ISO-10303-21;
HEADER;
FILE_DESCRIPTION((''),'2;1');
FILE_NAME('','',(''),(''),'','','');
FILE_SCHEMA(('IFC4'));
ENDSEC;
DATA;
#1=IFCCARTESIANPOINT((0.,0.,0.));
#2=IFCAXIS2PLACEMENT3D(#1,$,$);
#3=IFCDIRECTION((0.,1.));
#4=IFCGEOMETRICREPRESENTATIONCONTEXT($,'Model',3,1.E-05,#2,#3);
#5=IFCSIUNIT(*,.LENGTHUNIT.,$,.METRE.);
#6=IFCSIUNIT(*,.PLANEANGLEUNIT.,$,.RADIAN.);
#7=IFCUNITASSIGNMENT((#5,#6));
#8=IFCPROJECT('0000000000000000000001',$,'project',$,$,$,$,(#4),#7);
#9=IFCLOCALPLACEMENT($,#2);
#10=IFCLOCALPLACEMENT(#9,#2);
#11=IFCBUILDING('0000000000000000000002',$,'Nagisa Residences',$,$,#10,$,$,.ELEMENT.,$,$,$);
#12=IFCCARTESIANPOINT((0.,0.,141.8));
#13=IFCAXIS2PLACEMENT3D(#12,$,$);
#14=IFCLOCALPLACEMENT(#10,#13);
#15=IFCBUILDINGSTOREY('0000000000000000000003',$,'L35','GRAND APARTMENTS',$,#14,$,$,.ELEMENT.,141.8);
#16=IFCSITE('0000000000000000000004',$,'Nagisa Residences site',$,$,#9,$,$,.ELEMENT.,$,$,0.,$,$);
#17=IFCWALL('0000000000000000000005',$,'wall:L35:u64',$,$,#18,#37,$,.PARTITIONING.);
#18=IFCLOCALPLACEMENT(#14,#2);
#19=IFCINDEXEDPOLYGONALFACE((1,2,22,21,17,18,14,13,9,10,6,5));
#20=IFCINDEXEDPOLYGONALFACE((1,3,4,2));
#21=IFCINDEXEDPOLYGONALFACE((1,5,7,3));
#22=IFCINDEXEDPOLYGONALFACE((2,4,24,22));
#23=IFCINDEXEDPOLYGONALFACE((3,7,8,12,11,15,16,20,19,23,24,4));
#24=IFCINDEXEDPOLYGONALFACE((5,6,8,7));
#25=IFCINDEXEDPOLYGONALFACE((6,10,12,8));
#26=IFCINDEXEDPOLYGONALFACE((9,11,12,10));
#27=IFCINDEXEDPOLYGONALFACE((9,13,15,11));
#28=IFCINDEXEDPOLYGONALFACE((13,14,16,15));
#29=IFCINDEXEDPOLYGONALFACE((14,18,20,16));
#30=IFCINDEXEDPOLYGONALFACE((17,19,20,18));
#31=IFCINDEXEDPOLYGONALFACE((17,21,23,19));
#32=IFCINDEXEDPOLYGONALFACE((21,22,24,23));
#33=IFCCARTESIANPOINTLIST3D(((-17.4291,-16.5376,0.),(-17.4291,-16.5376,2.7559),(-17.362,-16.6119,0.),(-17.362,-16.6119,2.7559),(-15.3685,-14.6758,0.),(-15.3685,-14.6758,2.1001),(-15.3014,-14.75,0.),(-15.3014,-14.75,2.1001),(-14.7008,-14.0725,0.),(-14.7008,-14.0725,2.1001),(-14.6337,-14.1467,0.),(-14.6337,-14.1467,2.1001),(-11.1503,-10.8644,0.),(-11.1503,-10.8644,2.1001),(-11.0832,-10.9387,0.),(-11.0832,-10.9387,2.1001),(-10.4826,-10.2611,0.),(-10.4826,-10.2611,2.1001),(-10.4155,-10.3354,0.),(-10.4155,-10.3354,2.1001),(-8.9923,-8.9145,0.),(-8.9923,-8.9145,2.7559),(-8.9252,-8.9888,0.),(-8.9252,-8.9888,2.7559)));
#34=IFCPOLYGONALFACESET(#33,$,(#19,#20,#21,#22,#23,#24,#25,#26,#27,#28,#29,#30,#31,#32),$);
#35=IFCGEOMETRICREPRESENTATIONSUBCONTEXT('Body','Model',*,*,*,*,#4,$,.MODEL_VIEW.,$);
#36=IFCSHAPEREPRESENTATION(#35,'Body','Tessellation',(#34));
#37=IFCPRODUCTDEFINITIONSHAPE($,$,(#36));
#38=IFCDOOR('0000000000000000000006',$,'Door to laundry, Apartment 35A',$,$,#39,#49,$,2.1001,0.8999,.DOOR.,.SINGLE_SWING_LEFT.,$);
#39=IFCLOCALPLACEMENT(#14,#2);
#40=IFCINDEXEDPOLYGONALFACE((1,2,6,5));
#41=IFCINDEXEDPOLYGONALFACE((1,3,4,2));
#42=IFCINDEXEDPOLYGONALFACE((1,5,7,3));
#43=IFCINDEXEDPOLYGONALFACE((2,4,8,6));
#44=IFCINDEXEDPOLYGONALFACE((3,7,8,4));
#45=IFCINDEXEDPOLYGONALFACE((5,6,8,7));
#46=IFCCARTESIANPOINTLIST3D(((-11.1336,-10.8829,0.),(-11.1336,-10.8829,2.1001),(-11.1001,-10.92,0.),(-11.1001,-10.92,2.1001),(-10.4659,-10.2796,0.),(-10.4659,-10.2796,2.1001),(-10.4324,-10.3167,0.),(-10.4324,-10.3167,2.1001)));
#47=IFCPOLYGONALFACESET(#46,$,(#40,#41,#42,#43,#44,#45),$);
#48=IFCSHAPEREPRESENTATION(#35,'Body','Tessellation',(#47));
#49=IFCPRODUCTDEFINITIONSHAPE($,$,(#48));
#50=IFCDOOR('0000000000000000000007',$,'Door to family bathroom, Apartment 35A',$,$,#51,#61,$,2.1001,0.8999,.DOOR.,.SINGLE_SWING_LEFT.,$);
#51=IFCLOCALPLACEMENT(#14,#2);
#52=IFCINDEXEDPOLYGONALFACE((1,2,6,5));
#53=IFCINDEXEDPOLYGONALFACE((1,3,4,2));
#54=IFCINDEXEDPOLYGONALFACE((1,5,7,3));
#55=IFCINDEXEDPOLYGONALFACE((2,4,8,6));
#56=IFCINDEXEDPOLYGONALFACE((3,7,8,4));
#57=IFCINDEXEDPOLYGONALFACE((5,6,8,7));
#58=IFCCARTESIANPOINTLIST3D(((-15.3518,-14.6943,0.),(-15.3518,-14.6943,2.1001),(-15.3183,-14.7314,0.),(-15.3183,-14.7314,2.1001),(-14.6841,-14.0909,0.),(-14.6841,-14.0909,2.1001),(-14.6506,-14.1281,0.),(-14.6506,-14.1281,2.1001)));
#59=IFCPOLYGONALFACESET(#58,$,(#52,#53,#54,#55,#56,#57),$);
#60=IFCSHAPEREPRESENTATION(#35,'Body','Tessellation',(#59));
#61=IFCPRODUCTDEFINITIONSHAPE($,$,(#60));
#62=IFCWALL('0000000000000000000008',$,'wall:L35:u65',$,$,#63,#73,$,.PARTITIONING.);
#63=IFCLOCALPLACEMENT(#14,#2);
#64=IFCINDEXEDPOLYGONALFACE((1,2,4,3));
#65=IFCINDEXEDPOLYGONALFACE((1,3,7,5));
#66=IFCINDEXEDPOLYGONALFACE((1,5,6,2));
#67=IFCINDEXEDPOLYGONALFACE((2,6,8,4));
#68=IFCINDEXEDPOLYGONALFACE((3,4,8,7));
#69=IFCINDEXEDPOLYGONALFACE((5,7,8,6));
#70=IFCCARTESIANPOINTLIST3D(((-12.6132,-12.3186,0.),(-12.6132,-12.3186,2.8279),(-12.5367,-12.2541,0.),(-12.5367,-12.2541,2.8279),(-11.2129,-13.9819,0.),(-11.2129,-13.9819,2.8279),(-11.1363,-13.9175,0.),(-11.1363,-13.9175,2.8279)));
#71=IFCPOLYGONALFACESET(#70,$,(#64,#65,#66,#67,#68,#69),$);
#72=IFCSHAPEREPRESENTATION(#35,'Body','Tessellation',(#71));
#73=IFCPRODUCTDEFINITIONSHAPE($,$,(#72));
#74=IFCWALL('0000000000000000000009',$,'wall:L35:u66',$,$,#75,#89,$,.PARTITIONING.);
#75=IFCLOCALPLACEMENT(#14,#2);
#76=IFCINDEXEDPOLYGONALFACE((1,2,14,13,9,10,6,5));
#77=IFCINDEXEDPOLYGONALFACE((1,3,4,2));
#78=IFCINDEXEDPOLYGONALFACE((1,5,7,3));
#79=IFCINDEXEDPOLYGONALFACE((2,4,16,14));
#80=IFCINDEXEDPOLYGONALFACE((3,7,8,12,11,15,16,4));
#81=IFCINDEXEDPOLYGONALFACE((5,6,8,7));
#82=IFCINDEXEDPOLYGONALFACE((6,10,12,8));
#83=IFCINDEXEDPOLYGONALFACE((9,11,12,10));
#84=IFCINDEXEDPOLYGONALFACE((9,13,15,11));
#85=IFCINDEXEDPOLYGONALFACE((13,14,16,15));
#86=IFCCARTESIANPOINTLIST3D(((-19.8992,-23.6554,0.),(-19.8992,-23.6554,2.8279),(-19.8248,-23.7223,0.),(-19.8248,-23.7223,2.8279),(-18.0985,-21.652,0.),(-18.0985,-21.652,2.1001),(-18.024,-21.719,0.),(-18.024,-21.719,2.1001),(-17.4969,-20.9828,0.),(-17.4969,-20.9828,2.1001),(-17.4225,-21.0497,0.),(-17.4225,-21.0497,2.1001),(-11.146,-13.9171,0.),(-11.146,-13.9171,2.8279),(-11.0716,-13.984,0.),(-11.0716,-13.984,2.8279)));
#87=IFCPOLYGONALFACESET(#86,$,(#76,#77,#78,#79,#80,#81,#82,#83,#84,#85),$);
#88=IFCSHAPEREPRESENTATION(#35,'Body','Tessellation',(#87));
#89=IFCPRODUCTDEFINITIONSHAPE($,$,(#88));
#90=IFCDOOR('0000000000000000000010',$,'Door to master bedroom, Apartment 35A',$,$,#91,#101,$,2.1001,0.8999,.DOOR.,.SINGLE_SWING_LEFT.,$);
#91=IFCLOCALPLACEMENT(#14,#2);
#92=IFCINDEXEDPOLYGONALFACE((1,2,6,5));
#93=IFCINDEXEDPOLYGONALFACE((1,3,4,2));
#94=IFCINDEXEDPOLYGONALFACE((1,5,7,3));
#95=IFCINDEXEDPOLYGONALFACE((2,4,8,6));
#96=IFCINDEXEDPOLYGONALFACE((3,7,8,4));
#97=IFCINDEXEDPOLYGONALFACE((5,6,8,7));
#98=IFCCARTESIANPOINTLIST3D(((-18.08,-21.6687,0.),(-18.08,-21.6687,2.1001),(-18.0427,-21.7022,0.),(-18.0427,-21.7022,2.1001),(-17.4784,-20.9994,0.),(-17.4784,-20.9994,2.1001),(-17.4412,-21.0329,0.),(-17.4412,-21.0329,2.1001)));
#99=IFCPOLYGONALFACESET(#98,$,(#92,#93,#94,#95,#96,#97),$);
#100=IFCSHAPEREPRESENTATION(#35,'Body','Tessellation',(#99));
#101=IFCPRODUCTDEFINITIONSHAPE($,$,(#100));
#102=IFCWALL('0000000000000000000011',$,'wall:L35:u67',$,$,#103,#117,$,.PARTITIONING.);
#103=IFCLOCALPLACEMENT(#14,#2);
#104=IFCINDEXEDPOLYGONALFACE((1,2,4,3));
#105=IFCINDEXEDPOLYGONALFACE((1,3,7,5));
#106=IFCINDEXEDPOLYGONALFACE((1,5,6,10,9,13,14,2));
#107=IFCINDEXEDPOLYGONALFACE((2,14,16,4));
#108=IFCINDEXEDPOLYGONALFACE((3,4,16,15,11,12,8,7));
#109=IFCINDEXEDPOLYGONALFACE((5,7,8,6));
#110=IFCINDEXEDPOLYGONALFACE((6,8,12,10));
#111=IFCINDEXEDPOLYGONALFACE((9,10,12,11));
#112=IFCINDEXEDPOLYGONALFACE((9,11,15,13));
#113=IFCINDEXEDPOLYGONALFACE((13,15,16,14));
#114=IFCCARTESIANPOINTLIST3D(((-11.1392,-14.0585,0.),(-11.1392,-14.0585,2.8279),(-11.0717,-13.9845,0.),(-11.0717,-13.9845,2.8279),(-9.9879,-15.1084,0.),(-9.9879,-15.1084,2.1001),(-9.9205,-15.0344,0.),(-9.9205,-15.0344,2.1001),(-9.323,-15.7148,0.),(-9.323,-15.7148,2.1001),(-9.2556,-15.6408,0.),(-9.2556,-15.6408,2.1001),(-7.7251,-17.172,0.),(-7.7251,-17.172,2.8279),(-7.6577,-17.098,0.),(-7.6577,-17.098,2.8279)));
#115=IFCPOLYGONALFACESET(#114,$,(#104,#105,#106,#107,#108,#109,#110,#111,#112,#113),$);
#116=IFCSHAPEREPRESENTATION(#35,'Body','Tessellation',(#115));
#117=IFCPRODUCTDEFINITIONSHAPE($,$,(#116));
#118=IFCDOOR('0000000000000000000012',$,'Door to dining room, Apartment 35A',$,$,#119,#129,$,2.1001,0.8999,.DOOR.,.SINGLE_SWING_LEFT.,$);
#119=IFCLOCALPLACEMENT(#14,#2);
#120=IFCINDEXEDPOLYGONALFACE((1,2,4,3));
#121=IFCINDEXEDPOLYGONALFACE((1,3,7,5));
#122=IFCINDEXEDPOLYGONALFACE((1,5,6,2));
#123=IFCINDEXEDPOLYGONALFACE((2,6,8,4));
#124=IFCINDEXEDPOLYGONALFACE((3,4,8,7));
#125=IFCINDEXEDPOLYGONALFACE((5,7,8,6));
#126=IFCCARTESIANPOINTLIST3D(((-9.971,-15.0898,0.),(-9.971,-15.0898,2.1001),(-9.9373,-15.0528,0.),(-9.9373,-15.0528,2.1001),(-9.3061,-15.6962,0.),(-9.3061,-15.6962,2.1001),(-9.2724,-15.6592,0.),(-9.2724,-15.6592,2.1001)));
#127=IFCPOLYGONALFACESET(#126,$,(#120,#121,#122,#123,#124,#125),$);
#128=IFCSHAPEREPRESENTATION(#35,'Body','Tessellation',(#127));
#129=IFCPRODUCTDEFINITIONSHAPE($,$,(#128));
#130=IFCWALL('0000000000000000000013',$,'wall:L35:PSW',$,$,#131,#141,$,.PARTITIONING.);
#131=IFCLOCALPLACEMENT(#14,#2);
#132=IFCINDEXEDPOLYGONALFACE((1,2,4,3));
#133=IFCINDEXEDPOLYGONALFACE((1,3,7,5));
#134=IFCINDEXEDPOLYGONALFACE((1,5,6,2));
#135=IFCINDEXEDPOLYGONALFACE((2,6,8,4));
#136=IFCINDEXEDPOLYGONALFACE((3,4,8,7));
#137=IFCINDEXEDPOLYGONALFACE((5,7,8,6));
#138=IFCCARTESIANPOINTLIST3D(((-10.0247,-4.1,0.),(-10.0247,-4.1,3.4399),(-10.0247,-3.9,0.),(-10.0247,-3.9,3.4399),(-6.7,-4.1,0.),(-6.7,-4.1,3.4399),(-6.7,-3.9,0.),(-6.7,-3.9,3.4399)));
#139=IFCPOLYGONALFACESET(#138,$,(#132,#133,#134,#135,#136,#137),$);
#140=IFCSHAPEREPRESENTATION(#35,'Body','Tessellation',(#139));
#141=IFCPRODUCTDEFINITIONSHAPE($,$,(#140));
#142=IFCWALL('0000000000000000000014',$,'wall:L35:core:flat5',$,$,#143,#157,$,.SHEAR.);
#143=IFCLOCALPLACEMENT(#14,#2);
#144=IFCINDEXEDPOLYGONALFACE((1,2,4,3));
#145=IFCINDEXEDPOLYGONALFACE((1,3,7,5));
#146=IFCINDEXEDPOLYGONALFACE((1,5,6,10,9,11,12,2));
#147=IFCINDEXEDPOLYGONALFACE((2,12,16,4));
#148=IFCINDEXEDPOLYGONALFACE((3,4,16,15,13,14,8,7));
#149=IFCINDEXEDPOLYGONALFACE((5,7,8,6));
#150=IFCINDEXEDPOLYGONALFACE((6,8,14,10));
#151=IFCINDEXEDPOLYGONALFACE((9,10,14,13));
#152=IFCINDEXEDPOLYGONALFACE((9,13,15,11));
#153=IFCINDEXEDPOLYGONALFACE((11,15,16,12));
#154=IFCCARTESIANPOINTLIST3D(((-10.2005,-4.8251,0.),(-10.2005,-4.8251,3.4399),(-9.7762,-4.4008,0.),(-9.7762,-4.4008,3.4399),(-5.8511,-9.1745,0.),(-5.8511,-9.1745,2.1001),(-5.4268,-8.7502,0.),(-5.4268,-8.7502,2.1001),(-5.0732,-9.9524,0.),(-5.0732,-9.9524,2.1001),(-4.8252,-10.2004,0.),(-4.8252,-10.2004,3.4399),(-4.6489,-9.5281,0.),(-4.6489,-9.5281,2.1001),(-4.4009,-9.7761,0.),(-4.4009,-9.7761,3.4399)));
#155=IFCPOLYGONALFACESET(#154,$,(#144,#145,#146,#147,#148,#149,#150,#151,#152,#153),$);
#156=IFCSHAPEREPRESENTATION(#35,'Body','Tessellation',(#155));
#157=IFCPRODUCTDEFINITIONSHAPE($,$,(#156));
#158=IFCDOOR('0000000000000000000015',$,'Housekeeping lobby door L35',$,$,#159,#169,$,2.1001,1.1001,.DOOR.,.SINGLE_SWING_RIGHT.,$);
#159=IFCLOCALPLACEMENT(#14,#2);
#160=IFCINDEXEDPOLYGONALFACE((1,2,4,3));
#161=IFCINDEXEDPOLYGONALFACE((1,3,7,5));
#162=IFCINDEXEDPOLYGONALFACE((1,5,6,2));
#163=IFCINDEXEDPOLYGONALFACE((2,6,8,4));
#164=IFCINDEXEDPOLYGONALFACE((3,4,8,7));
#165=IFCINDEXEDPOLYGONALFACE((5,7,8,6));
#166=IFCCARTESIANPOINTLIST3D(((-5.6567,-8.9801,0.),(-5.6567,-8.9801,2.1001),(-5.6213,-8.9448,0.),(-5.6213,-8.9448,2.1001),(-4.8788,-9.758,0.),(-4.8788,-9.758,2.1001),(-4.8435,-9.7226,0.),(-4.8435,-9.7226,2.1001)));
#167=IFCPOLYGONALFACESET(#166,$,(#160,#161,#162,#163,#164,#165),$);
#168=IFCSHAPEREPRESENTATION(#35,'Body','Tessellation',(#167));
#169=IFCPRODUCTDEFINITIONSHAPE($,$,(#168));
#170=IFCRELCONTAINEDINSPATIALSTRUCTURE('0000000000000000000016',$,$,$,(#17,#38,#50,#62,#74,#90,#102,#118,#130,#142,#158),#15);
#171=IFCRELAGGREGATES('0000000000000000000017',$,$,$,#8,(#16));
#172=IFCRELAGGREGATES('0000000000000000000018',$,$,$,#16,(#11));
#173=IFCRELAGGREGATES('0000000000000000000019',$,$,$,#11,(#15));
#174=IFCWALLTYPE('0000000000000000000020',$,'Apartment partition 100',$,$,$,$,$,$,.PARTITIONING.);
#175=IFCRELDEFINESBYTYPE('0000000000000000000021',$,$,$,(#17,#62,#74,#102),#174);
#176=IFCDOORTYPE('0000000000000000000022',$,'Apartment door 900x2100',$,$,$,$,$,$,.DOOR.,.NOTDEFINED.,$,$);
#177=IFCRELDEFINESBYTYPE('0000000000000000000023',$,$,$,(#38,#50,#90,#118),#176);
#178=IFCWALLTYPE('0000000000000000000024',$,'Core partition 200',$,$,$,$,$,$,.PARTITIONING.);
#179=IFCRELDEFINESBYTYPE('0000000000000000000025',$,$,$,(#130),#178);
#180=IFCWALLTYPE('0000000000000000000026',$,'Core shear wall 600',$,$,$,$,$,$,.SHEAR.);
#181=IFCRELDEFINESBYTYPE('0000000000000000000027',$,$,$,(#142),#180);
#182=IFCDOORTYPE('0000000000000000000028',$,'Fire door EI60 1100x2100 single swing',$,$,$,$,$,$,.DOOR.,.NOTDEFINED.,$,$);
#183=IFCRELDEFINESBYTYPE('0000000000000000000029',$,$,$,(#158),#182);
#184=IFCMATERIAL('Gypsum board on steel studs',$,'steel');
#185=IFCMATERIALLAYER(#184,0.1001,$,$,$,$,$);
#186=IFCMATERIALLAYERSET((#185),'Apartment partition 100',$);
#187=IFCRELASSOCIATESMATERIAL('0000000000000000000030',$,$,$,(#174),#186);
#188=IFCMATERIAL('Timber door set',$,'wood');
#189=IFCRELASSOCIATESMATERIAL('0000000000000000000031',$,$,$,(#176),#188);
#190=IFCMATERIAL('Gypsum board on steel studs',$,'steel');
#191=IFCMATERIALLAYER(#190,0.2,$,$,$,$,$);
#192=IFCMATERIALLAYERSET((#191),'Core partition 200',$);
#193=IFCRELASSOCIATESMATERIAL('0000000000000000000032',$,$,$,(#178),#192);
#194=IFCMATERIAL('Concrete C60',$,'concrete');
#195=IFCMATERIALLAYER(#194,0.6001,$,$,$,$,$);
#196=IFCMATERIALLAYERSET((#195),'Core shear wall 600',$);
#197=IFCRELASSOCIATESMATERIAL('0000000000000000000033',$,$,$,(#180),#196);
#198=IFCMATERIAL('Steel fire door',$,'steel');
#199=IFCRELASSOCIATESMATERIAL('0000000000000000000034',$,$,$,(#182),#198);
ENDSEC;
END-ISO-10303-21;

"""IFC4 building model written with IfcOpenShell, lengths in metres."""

from ifc_helpers import new_model, si_unit, direction, frame, frame_2d, origin, place, context, subcontext, project, spatial, rectangle, extrude, material, layer, layer_set, type_object, element, fill, save


model = new_model("IFC4")

# Units and contexts
model_context = context("Model", 3, precision=1e-05, world=origin(), true_north=direction((0.0, 1.0)))
body_context = subcontext(model_context, "Body", "Model", "MODEL_VIEW")
ifc_project = project(units=[si_unit("LENGTHUNIT", "METRE"), si_unit("PLANEANGLEUNIT", "RADIAN")], contexts=[model_context])

# Site, building, storey
site_placement = place(None, origin())
site = spatial("IfcSite", under=ifc_project, at=site_placement, Name="Nagisa Residences site", CompositionType="ELEMENT", RefElevation=0.0)
building_placement = place(site_placement, origin())
building = spatial("IfcBuilding", under=site, at=building_placement, Name="Nagisa Residences", CompositionType="ELEMENT")
storey_placement = place(building_placement, frame((0.0, 0.0, 141.8)))
storey = spatial("IfcBuildingStorey", under=building, at=storey_placement, Name="L35", Description="GRAND APARTMENTS", CompositionType="ELEMENT", Elevation=141.8)

# Shared definitions
ifc_material_1 = material(Name="Gypsum board on steel studs", Category="steel")
ifc_layer_1 = layer(ifc_material_1, 0.1001)
ifc_layer_set_1 = layer_set([ifc_layer_1], Name="Apartment partition 100")
wall_type_1 = type_object("IfcWallType", Name="Apartment partition 100", PredefinedType="PARTITIONING", material=ifc_layer_set_1)
ifc_material_2 = material(Name="Timber door set", Category="wood")
door_type_1 = type_object("IfcDoorType", Name="Apartment door 900x2100", OperationType="NOTDEFINED", PredefinedType="DOOR", material=ifc_material_2)

# Wall, openings, doors
wall_1_placement = place(storey_placement, frame((-8.9587, -8.9517, 0.0), z_axis=(0.0, 0.0, 1.0), x_axis=(-0.741983, -0.670419, 0.0)))
wall_1 = element("IfcWall", 1, at=wall_1_placement, inside=storey, type_object=wall_type_1, Name="wall:L35:u64", PredefinedType="PARTITIONING", context=body_context, shape_type="SweptSolid", body=[
    extrude(rectangle(XDim=11.3706, YDim=0.1001, at=frame_2d((5.6853, 0.0))), origin(), (0.0, 0.0, 1.0), 2.7559),
])
opening_1_placement = place(wall_1_placement, frame((2.0085, 0.0, 0.0)))
opening_1 = element("IfcOpeningElement", 2, at=opening_1_placement, cuts=wall_1, PredefinedType="OPENING", context=body_context, shape_type="SweptSolid", body=[
    extrude(rectangle(XDim=0.8999, YDim=2.1001, at=frame_2d((0.45, 1.05))), frame((0.0, 0.0601, 0.0), z_axis=(0.0, -1.0, 0.0), x_axis=(1.0, 0.0, 0.0)), (0.0, 0.0, 1.0), 0.1201),
])
opening_2_placement = place(wall_1_placement, frame((7.6936, 0.0, 0.0)))
opening_2 = element("IfcOpeningElement", 3, at=opening_2_placement, cuts=wall_1, PredefinedType="OPENING", context=body_context, shape_type="SweptSolid", body=[
    extrude(rectangle(XDim=0.8999, YDim=2.1001, at=frame_2d((0.45, 1.05))), frame((0.0, 0.0601, 0.0), z_axis=(0.0, -1.0, 0.0), x_axis=(1.0, 0.0, 0.0)), (0.0, 0.0, 1.0), 0.1201),
])
door_1_placement = place(opening_1_placement, origin())
door_1 = element("IfcDoor", 4, at=door_1_placement, inside=storey, type_object=door_type_1, Name="Door to laundry, Apartment 35A", OperationType="SINGLE_SWING_LEFT", OverallHeight=2.1001, OverallWidth=0.8999, PredefinedType="DOOR", context=body_context, shape_type="SweptSolid", body=[
    extrude(rectangle(XDim=0.8999, YDim=2.1001, at=frame_2d((0.45, 1.05))), frame((0.0, 0.0249, 0.0), z_axis=(0.0, -1.0, 0.0), x_axis=(1.0, 0.0, 0.0)), (0.0, 0.0, 1.0), 0.05),
])
fill(opening_1, door_1)
door_2_placement = place(opening_2_placement, origin())
door_2 = element("IfcDoor", 5, at=door_2_placement, inside=storey, type_object=door_type_1, Name="Door to family bathroom, Apartment 35A", OperationType="SINGLE_SWING_LEFT", OverallHeight=2.1001, OverallWidth=0.8999, PredefinedType="DOOR", context=body_context, shape_type="SweptSolid", body=[
    extrude(rectangle(XDim=0.8999, YDim=2.1001, at=frame_2d((0.45, 1.05))), frame((0.0, 0.0249, 0.0), z_axis=(0.0, -1.0, 0.0), x_axis=(1.0, 0.0, 0.0)), (0.0, 0.0, 1.0), 0.05),
])
fill(opening_2, door_2)

# Wall
wall_2_placement = place(storey_placement, frame((-12.575, -12.2864, 0.0), z_axis=(0.0, 0.0, 1.0), x_axis=(0.644053, -0.764981, 0.0)))
element("IfcWall", 6, at=wall_2_placement, inside=storey, type_object=wall_type_1, Name="wall:L35:u65", PredefinedType="PARTITIONING", context=body_context, shape_type="SweptSolid", body=[
    extrude(rectangle(XDim=2.1743, YDim=0.1001, at=frame_2d((1.0872, 0.0))), origin(), (0.0, 0.0, 1.0), 2.8279),
])

# Walls, openings, doors
wall_3_placement = place(storey_placement, frame((-11.1089, -13.9507, 0.0), z_axis=(0.0, 0.0, 1.0), x_axis=(-0.668489, -0.743722, 0.0)))
wall_3 = element("IfcWall", 7, at=wall_3_placement, inside=storey, type_object=wall_type_1, Name="wall:L35:u66", PredefinedType="PARTITIONING", context=body_context, shape_type="SweptSolid", body=[
    extrude(rectangle(XDim=13.094, YDim=0.1001, at=frame_2d((6.5469, 0.0))), origin(), (0.0, 0.0, 1.0), 2.8279),
])
opening_3_placement = place(wall_3_placement, frame((9.5002, 0.0, 0.0)))
opening_3 = element("IfcOpeningElement", 8, at=opening_3_placement, cuts=wall_3, PredefinedType="OPENING", context=body_context, shape_type="SweptSolid", body=[
    extrude(rectangle(XDim=0.8999, YDim=2.1001, at=frame_2d((0.45, 1.05))), frame((0.0, 0.0601, 0.0), z_axis=(0.0, -1.0, 0.0), x_axis=(1.0, 0.0, 0.0)), (0.0, 0.0, 1.0), 0.1201),
])
door_3_placement = place(opening_3_placement, origin())
door_3 = element("IfcDoor", 9, at=door_3_placement, inside=storey, type_object=door_type_1, Name="Door to master bedroom, Apartment 35A", OperationType="SINGLE_SWING_LEFT", OverallHeight=2.1001, OverallWidth=0.8999, PredefinedType="DOOR", context=body_context, shape_type="SweptSolid", body=[
    extrude(rectangle(XDim=0.8999, YDim=2.1001, at=frame_2d((0.45, 1.05))), frame((0.0, 0.0249, 0.0), z_axis=(0.0, -1.0, 0.0), x_axis=(1.0, 0.0, 0.0)), (0.0, 0.0, 1.0), 0.05),
])
fill(opening_3, door_3)
wall_4_placement = place(storey_placement, frame((-11.1055, -14.0215, 0.0), z_axis=(0.0, 0.0, 1.0), x_axis=(0.73888, -0.673837, 0.0)))
wall_4 = element("IfcWall", 10, at=wall_4_placement, inside=storey, type_object=wall_type_1, Name="wall:L35:u67", PredefinedType="PARTITIONING", context=body_context, shape_type="SweptSolid", body=[
    extrude(rectangle(XDim=4.6206, YDim=0.1001, at=frame_2d((2.3103, 0.0))), origin(), (0.0, 0.0, 1.0), 2.8279),
])
opening_4_placement = place(wall_4_placement, frame((1.5581, 0.0, 0.0)))
opening_4 = element("IfcOpeningElement", 11, at=opening_4_placement, cuts=wall_4, PredefinedType="OPENING", context=body_context, shape_type="SweptSolid", body=[
    extrude(rectangle(XDim=0.8999, YDim=2.1001, at=frame_2d((0.45, 1.05))), frame((0.0, 0.0601, 0.0), z_axis=(0.0, -1.0, 0.0), x_axis=(1.0, 0.0, 0.0)), (0.0, 0.0, 1.0), 0.1201),
])
door_4_placement = place(opening_4_placement, frame((0.8999, 0.0, 0.0), x_axis=(-1.0, 0.0, 0.0)))
door_4 = element("IfcDoor", 12, at=door_4_placement, inside=storey, type_object=door_type_1, Name="Door to dining room, Apartment 35A", OperationType="SINGLE_SWING_LEFT", OverallHeight=2.1001, OverallWidth=0.8999, PredefinedType="DOOR", context=body_context, shape_type="SweptSolid", body=[
    extrude(rectangle(XDim=0.8999, YDim=2.1001, at=frame_2d((0.45, 1.05))), frame((0.0, 0.0249, 0.0), z_axis=(0.0, -1.0, 0.0), x_axis=(1.0, 0.0, 0.0)), (0.0, 0.0, 1.0), 0.05),
])
fill(opening_4, door_4)

# Wall
ifc_material_3 = material(Name="Gypsum board on steel studs", Category="steel")
ifc_layer_2 = layer(ifc_material_3, 0.2)
ifc_layer_set_2 = layer_set([ifc_layer_2], Name="Core partition 200")
wall_type_2 = type_object("IfcWallType", Name="Core partition 200", PredefinedType="PARTITIONING", material=ifc_layer_set_2)
wall_5_placement = place(storey_placement, frame((-10.0247, -4.0, 0.0), z_axis=(0.0, 0.0, 1.0), x_axis=(1.0, 0.0, 0.0)))
element("IfcWall", 13, at=wall_5_placement, inside=storey, type_object=wall_type_2, Name="wall:L35:PSW", PredefinedType="PARTITIONING", context=body_context, shape_type="SweptSolid", body=[
    extrude(rectangle(XDim=3.3247, YDim=0.2, at=frame_2d((1.6624, 0.0))), origin(), (0.0, 0.0, 1.0), 3.4399),
])

# Wall, opening, door
ifc_material_4 = material(Name="Concrete C60", Category="concrete")
ifc_layer_3 = layer(ifc_material_4, 0.6001)
ifc_layer_set_3 = layer_set([ifc_layer_3], Name="Core shear wall 600")
wall_type_3 = type_object("IfcWallType", Name="Core shear wall 600", PredefinedType="SHEAR", material=ifc_layer_set_3)
wall_6_placement = place(storey_placement, frame((-9.9883, -4.613, 0.0), z_axis=(0.0, 0.0, 1.0), x_axis=(0.707107, -0.707107, 0.0)))
wall_6 = element("IfcWall", 14, at=wall_6_placement, inside=storey, type_object=wall_type_3, Name="wall:L35:core:flat5", PredefinedType="SHEAR", context=body_context, shape_type="SweptSolid", body=[
    extrude(rectangle(XDim=7.6018, YDim=0.6001, at=frame_2d((3.8008, 0.0))), origin(), (0.0, 0.0, 1.0), 3.4399),
])
opening_5_placement = place(wall_6_placement, frame((6.1509, 0.0, 0.0)))
opening_5 = element("IfcOpeningElement", 15, at=opening_5_placement, cuts=wall_6, PredefinedType="OPENING", context=body_context, shape_type="SweptSolid", body=[
    extrude(rectangle(XDim=1.1001, YDim=2.1001, at=frame_2d((0.55, 1.05))), frame((0.0, 0.3101, 0.0), z_axis=(0.0, -1.0, 0.0), x_axis=(1.0, 0.0, 0.0)), (0.0, 0.0, 1.0), 0.6201),
])
ifc_material_5 = material(Name="Steel fire door", Category="steel")
door_type_2 = type_object("IfcDoorType", Name="Fire door EI60 1100x2100 single swing", OperationType="NOTDEFINED", PredefinedType="DOOR", material=ifc_material_5)
door_5_placement = place(opening_5_placement, origin())
door_5 = element("IfcDoor", 16, at=door_5_placement, inside=storey, type_object=door_type_2, Name="Housekeeping lobby door L35", OperationType="SINGLE_SWING_RIGHT", OverallHeight=2.1001, OverallWidth=1.1001, PredefinedType="DOOR", context=body_context, shape_type="SweptSolid", body=[
    extrude(rectangle(XDim=1.1001, YDim=2.1001, at=frame_2d((0.55, 1.05))), frame((0.0, 0.0249, 0.0), z_axis=(0.0, -1.0, 0.0), x_axis=(1.0, 0.0, 0.0)), (0.0, 0.0, 1.0), 0.05),
])
fill(opening_5, door_5)

save(model, "model.ifc")
